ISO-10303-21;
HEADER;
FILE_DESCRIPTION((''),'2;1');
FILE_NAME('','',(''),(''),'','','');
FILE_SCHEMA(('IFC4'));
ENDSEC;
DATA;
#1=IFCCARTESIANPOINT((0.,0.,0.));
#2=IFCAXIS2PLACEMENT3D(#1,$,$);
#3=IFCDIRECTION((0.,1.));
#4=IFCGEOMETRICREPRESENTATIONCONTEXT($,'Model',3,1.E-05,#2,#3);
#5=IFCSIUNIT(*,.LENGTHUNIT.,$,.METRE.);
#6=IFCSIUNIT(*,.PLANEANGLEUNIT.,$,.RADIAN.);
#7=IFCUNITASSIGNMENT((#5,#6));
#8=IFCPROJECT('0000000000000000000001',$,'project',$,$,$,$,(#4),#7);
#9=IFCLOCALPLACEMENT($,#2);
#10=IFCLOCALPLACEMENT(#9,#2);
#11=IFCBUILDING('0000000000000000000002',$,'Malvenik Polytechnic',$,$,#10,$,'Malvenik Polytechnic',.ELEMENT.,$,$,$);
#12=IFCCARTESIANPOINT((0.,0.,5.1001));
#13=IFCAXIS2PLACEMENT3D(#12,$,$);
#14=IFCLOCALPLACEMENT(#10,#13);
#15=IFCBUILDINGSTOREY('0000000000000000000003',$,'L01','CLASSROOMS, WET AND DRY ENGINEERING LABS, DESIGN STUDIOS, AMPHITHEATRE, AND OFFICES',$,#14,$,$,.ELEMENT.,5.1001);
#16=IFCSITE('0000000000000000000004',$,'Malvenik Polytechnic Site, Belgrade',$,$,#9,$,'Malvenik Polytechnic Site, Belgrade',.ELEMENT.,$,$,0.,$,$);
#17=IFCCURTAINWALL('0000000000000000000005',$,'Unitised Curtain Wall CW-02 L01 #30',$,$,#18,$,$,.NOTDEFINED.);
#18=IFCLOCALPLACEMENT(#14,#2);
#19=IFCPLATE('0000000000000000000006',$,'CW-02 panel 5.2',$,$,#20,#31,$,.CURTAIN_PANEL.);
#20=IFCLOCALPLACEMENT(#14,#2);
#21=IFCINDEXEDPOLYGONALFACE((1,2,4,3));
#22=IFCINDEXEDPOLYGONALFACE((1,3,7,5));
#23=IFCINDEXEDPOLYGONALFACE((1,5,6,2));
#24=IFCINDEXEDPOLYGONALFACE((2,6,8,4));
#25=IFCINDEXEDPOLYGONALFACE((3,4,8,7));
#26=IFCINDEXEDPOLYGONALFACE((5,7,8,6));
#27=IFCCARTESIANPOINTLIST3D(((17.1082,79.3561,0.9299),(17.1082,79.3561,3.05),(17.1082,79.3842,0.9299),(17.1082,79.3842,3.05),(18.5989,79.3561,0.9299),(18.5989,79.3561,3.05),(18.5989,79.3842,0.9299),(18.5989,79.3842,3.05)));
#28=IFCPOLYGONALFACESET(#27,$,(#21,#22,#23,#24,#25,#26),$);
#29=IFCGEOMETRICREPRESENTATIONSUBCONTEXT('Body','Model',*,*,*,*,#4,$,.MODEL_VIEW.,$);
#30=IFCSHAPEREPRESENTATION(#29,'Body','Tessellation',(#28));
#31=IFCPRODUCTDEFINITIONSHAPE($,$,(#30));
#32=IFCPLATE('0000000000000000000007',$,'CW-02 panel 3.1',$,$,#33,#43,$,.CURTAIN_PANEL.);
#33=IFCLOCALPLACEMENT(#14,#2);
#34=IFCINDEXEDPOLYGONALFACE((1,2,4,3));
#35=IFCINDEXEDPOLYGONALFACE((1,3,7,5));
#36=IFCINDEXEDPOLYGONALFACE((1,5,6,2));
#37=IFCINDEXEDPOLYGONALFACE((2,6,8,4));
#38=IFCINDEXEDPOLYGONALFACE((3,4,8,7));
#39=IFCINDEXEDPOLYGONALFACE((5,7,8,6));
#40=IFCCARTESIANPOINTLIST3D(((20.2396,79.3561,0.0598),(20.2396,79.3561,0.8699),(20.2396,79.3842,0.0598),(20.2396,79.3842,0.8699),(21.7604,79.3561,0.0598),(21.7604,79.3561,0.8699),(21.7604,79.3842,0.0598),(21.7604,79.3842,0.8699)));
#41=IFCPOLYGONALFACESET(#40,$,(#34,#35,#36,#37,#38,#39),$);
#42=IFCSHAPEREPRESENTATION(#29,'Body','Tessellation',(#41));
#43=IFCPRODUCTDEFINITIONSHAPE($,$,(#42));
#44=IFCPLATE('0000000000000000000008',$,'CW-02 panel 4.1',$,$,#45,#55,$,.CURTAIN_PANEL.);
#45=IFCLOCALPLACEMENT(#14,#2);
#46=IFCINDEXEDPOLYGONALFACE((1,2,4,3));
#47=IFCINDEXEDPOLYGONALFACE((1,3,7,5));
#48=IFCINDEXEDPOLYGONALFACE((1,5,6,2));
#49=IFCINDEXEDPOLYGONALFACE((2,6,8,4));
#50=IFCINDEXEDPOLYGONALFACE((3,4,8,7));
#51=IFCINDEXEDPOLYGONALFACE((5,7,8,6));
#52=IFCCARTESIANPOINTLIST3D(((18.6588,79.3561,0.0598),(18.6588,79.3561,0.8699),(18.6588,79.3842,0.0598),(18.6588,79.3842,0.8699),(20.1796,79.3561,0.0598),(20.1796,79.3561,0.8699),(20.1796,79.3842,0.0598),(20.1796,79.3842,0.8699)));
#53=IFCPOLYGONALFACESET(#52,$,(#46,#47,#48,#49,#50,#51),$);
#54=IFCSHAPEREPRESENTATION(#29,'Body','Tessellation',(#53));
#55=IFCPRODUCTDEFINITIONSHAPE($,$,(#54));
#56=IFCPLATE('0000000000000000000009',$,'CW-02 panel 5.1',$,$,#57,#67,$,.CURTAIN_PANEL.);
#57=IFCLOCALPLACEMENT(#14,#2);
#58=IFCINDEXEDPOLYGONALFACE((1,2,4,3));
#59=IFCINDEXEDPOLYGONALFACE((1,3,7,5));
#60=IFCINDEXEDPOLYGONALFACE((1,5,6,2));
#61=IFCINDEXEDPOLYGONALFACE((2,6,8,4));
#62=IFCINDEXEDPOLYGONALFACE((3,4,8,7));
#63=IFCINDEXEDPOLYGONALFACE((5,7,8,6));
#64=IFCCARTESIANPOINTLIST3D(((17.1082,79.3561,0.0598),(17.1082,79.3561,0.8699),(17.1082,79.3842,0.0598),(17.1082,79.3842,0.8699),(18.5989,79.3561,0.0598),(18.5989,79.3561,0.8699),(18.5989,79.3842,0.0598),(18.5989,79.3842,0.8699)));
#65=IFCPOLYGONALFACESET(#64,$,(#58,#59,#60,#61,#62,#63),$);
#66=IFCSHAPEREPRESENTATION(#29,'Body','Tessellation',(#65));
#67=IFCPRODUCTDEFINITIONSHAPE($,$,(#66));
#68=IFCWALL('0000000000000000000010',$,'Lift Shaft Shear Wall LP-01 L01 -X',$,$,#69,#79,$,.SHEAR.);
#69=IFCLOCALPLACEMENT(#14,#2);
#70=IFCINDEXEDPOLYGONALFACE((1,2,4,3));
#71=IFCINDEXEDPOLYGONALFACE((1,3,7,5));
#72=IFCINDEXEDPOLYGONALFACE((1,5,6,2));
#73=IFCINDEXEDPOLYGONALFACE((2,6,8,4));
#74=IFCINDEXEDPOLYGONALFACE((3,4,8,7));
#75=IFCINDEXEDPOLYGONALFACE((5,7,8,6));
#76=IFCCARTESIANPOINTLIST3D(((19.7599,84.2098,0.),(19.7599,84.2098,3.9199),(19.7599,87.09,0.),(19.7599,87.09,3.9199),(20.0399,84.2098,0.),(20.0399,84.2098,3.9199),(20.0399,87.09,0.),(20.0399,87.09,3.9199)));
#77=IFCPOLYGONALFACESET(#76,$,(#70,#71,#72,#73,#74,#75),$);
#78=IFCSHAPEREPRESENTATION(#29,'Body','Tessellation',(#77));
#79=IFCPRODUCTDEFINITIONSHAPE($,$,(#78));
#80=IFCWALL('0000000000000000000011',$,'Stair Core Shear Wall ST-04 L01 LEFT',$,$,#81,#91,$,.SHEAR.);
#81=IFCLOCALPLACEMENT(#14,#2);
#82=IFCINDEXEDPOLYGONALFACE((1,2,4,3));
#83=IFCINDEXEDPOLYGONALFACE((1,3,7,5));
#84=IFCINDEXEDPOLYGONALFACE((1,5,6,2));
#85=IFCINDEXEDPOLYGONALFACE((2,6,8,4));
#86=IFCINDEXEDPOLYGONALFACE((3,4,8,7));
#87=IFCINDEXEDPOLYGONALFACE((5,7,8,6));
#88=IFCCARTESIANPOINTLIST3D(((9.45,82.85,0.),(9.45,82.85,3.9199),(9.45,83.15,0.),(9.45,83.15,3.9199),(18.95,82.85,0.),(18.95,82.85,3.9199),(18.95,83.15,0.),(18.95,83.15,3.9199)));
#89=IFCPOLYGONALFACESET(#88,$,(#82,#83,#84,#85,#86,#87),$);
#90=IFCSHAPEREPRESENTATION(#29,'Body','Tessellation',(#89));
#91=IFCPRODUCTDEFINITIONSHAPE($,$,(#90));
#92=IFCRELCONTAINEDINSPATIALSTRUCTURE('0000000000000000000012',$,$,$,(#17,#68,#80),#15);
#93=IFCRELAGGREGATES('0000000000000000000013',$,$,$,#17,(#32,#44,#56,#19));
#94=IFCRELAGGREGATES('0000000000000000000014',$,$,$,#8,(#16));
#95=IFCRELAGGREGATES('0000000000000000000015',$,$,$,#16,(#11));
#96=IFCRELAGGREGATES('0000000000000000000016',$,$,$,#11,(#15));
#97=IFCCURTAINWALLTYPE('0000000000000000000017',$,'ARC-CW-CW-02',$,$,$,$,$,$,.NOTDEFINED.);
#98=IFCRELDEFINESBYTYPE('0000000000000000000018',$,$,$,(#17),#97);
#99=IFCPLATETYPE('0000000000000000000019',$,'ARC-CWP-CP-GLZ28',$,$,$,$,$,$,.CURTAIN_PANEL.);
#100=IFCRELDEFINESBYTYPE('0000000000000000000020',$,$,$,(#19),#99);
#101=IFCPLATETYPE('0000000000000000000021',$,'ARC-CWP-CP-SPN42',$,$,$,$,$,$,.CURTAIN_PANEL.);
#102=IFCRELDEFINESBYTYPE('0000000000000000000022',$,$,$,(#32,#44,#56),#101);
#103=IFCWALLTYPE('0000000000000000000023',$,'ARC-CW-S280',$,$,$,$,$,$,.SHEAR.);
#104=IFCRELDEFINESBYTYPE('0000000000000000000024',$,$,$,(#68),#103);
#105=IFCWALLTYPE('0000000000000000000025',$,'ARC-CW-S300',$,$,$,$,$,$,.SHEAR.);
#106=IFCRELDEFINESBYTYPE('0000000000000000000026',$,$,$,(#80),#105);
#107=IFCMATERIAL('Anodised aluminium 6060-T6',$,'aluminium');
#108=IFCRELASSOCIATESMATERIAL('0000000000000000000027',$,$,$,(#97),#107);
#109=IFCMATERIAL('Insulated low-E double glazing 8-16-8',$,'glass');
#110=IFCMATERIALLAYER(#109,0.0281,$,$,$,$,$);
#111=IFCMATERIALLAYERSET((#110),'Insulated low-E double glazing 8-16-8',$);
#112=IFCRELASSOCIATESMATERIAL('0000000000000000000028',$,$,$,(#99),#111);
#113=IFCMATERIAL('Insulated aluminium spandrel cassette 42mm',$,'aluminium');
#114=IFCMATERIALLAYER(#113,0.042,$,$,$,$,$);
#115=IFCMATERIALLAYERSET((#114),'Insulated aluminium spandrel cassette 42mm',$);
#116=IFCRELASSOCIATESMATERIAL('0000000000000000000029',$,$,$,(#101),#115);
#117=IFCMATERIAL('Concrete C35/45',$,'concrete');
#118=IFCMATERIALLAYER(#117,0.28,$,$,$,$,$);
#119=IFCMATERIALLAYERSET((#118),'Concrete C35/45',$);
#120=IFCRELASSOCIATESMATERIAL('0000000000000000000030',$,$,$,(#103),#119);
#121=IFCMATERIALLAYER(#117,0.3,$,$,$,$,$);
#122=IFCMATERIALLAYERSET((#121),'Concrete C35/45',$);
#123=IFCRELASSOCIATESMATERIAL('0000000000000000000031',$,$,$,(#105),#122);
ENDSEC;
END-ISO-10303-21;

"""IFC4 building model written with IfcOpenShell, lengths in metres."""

from ifc_helpers import new_model, si_unit, direction, frame, frame_2d, origin, origin_2d, place, context, subcontext, project, spatial, rectangle, extrude, material, layer, layer_set, type_object, element, aggregate, save


model = new_model("IFC4")

# Units and contexts
model_context = context("Model", 3, precision=1e-05, world=origin(), true_north=direction((0.0, 1.0)))
body_context = subcontext(model_context, "Body", "Model", "MODEL_VIEW")
ifc_project = project(units=[si_unit("LENGTHUNIT", "METRE"), si_unit("PLANEANGLEUNIT", "RADIAN")], contexts=[model_context])

# Site, building, storey
site_placement = place(None, origin())
site = spatial("IfcSite", under=ifc_project, at=site_placement, Name="Malvenik Polytechnic Site, Belgrade", LongName="Malvenik Polytechnic Site, Belgrade", CompositionType="ELEMENT", RefElevation=0.0)
building_placement = place(site_placement, origin())
building = spatial("IfcBuilding", under=site, at=building_placement, Name="Malvenik Polytechnic", LongName="Malvenik Polytechnic", CompositionType="ELEMENT")
storey_placement = place(building_placement, frame((0.0, 0.0, 5.1001)))
storey = spatial("IfcBuildingStorey", under=building, at=storey_placement, Name="L01", Description="CLASSROOMS, WET AND DRY ENGINEERING LABS, DESIGN STUDIOS, AMPHITHEATRE, AND OFFICES", CompositionType="ELEMENT", Elevation=5.1001)

# Curtain wall, plates
ifc_material_1 = material(Name="Anodised aluminium 6060-T6", Category="aluminium")
curtain_wall_type = type_object("IfcCurtainWallType", Name="ARC-CW-CW-02", PredefinedType="NOTDEFINED", material=ifc_material_1)
curtain_wall_placement = place(storey_placement, origin())
curtain_wall = element("IfcCurtainWall", 1, at=curtain_wall_placement, inside=storey, type_object=curtain_wall_type, Name="Unitised Curtain Wall CW-02 L01 #30", PredefinedType="NOTDEFINED")
ifc_material_2 = material(Name="Insulated low-E double glazing 8-16-8", Category="glass")
ifc_layer_1 = layer(ifc_material_2, 0.0281)
ifc_layer_set_1 = layer_set([ifc_layer_1], Name="Insulated low-E double glazing 8-16-8")
plate_type_1 = type_object("IfcPlateType", Name="ARC-CWP-CP-GLZ28", PredefinedType="CURTAIN_PANEL", material=ifc_layer_set_1)
plate_1_placement = place(storey_placement, frame((17.8535, 79.3701, 0.9299), z_axis=(0.0, 0.0, 1.0), x_axis=(-1.0, 0.0, 0.0)))
plate_1 = element("IfcPlate", 2, at=plate_1_placement, type_object=plate_type_1, Name="CW-02 panel 5.2", PredefinedType="CURTAIN_PANEL", context=body_context, shape_type="SweptSolid", body=[
    extrude(rectangle(XDim=1.4907, YDim=0.0281, at=origin_2d()), origin(), (0.0, 0.0, 1.0), 2.1201),
])
ifc_material_3 = material(Name="Insulated aluminium spandrel cassette 42mm", Category="aluminium")
ifc_layer_2 = layer(ifc_material_3, 0.042)
ifc_layer_set_2 = layer_set([ifc_layer_2], Name="Insulated aluminium spandrel cassette 42mm")
plate_type_2 = type_object("IfcPlateType", Name="ARC-CWP-CP-SPN42", PredefinedType="CURTAIN_PANEL", material=ifc_layer_set_2)
plate_2_placement = place(storey_placement, frame((21.0, 79.3701, 0.0598), z_axis=(0.0, 0.0, 1.0), x_axis=(-1.0, 0.0, 0.0)))
plate_2 = element("IfcPlate", 3, at=plate_2_placement, type_object=plate_type_2, Name="CW-02 panel 3.1", PredefinedType="CURTAIN_PANEL", context=body_context, shape_type="SweptSolid", body=[
    extrude(rectangle(XDim=1.5208, YDim=0.0281, at=origin_2d()), origin(), (0.0, 0.0, 1.0), 0.8101),
])
plate_3_placement = place(storey_placement, frame((19.4192, 79.3701, 0.0598), z_axis=(0.0, 0.0, 1.0), x_axis=(-1.0, 0.0, 0.0)))
plate_3 = element("IfcPlate", 4, at=plate_3_placement, type_object=plate_type_2, Name="CW-02 panel 4.1", PredefinedType="CURTAIN_PANEL", context=body_context, shape_type="SweptSolid", body=[
    extrude(rectangle(XDim=1.5208, YDim=0.0281, at=origin_2d()), origin(), (0.0, 0.0, 1.0), 0.8101),
])
plate_4_placement = place(storey_placement, frame((17.8535, 79.3701, 0.0598), z_axis=(0.0, 0.0, 1.0), x_axis=(-1.0, 0.0, 0.0)))
plate_4 = element("IfcPlate", 5, at=plate_4_placement, type_object=plate_type_2, Name="CW-02 panel 5.1", PredefinedType="CURTAIN_PANEL", context=body_context, shape_type="SweptSolid", body=[
    extrude(rectangle(XDim=1.4907, YDim=0.0281, at=origin_2d()), origin(), (0.0, 0.0, 1.0), 0.8101),
])
aggregate(curtain_wall, [plate_2, plate_3, plate_4, plate_1])

# Walls
ifc_material_4 = material(Name="Concrete C35/45", Category="concrete")
ifc_layer_3 = layer(ifc_material_4, 0.28)
ifc_layer_set_3 = layer_set([ifc_layer_3], Name="Concrete C35/45")
wall_type_1 = type_object("IfcWallType", Name="ARC-CW-S280", PredefinedType="SHEAR", material=ifc_layer_set_3)
wall_1_placement = place(storey_placement, frame((19.8999, 84.21, 0.0), z_axis=(0.0, 0.0, 1.0), x_axis=(0.0, 1.0, 0.0)))
element("IfcWall", 6, at=wall_1_placement, inside=storey, type_object=wall_type_1, Name="Lift Shaft Shear Wall LP-01 L01 -X", PredefinedType="SHEAR", context=body_context, shape_type="SweptSolid", body=[
    extrude(rectangle(XDim=2.8801, YDim=0.28, at=frame_2d((1.4399, 0.0))), origin(), (0.0, 0.0, 1.0), 3.9199),
])
ifc_layer_4 = layer(ifc_material_4, 0.3)
ifc_layer_set_4 = layer_set([ifc_layer_4], Name="Concrete C35/45")
wall_type_2 = type_object("IfcWallType", Name="ARC-CW-S300", PredefinedType="SHEAR", material=ifc_layer_set_4)
wall_2_placement = place(storey_placement, frame((18.95, 83.0, 0.0), z_axis=(0.0, 0.0, 1.0), x_axis=(-1.0, 0.0, 0.0)))
element("IfcWall", 7, at=wall_2_placement, inside=storey, type_object=wall_type_2, Name="Stair Core Shear Wall ST-04 L01 LEFT", PredefinedType="SHEAR", context=body_context, shape_type="SweptSolid", body=[
    extrude(rectangle(XDim=9.5, YDim=0.3, at=frame_2d((4.75, 0.0))), origin(), (0.0, 0.0, 1.0), 3.9199),
])

save(model, "model.ifc")
